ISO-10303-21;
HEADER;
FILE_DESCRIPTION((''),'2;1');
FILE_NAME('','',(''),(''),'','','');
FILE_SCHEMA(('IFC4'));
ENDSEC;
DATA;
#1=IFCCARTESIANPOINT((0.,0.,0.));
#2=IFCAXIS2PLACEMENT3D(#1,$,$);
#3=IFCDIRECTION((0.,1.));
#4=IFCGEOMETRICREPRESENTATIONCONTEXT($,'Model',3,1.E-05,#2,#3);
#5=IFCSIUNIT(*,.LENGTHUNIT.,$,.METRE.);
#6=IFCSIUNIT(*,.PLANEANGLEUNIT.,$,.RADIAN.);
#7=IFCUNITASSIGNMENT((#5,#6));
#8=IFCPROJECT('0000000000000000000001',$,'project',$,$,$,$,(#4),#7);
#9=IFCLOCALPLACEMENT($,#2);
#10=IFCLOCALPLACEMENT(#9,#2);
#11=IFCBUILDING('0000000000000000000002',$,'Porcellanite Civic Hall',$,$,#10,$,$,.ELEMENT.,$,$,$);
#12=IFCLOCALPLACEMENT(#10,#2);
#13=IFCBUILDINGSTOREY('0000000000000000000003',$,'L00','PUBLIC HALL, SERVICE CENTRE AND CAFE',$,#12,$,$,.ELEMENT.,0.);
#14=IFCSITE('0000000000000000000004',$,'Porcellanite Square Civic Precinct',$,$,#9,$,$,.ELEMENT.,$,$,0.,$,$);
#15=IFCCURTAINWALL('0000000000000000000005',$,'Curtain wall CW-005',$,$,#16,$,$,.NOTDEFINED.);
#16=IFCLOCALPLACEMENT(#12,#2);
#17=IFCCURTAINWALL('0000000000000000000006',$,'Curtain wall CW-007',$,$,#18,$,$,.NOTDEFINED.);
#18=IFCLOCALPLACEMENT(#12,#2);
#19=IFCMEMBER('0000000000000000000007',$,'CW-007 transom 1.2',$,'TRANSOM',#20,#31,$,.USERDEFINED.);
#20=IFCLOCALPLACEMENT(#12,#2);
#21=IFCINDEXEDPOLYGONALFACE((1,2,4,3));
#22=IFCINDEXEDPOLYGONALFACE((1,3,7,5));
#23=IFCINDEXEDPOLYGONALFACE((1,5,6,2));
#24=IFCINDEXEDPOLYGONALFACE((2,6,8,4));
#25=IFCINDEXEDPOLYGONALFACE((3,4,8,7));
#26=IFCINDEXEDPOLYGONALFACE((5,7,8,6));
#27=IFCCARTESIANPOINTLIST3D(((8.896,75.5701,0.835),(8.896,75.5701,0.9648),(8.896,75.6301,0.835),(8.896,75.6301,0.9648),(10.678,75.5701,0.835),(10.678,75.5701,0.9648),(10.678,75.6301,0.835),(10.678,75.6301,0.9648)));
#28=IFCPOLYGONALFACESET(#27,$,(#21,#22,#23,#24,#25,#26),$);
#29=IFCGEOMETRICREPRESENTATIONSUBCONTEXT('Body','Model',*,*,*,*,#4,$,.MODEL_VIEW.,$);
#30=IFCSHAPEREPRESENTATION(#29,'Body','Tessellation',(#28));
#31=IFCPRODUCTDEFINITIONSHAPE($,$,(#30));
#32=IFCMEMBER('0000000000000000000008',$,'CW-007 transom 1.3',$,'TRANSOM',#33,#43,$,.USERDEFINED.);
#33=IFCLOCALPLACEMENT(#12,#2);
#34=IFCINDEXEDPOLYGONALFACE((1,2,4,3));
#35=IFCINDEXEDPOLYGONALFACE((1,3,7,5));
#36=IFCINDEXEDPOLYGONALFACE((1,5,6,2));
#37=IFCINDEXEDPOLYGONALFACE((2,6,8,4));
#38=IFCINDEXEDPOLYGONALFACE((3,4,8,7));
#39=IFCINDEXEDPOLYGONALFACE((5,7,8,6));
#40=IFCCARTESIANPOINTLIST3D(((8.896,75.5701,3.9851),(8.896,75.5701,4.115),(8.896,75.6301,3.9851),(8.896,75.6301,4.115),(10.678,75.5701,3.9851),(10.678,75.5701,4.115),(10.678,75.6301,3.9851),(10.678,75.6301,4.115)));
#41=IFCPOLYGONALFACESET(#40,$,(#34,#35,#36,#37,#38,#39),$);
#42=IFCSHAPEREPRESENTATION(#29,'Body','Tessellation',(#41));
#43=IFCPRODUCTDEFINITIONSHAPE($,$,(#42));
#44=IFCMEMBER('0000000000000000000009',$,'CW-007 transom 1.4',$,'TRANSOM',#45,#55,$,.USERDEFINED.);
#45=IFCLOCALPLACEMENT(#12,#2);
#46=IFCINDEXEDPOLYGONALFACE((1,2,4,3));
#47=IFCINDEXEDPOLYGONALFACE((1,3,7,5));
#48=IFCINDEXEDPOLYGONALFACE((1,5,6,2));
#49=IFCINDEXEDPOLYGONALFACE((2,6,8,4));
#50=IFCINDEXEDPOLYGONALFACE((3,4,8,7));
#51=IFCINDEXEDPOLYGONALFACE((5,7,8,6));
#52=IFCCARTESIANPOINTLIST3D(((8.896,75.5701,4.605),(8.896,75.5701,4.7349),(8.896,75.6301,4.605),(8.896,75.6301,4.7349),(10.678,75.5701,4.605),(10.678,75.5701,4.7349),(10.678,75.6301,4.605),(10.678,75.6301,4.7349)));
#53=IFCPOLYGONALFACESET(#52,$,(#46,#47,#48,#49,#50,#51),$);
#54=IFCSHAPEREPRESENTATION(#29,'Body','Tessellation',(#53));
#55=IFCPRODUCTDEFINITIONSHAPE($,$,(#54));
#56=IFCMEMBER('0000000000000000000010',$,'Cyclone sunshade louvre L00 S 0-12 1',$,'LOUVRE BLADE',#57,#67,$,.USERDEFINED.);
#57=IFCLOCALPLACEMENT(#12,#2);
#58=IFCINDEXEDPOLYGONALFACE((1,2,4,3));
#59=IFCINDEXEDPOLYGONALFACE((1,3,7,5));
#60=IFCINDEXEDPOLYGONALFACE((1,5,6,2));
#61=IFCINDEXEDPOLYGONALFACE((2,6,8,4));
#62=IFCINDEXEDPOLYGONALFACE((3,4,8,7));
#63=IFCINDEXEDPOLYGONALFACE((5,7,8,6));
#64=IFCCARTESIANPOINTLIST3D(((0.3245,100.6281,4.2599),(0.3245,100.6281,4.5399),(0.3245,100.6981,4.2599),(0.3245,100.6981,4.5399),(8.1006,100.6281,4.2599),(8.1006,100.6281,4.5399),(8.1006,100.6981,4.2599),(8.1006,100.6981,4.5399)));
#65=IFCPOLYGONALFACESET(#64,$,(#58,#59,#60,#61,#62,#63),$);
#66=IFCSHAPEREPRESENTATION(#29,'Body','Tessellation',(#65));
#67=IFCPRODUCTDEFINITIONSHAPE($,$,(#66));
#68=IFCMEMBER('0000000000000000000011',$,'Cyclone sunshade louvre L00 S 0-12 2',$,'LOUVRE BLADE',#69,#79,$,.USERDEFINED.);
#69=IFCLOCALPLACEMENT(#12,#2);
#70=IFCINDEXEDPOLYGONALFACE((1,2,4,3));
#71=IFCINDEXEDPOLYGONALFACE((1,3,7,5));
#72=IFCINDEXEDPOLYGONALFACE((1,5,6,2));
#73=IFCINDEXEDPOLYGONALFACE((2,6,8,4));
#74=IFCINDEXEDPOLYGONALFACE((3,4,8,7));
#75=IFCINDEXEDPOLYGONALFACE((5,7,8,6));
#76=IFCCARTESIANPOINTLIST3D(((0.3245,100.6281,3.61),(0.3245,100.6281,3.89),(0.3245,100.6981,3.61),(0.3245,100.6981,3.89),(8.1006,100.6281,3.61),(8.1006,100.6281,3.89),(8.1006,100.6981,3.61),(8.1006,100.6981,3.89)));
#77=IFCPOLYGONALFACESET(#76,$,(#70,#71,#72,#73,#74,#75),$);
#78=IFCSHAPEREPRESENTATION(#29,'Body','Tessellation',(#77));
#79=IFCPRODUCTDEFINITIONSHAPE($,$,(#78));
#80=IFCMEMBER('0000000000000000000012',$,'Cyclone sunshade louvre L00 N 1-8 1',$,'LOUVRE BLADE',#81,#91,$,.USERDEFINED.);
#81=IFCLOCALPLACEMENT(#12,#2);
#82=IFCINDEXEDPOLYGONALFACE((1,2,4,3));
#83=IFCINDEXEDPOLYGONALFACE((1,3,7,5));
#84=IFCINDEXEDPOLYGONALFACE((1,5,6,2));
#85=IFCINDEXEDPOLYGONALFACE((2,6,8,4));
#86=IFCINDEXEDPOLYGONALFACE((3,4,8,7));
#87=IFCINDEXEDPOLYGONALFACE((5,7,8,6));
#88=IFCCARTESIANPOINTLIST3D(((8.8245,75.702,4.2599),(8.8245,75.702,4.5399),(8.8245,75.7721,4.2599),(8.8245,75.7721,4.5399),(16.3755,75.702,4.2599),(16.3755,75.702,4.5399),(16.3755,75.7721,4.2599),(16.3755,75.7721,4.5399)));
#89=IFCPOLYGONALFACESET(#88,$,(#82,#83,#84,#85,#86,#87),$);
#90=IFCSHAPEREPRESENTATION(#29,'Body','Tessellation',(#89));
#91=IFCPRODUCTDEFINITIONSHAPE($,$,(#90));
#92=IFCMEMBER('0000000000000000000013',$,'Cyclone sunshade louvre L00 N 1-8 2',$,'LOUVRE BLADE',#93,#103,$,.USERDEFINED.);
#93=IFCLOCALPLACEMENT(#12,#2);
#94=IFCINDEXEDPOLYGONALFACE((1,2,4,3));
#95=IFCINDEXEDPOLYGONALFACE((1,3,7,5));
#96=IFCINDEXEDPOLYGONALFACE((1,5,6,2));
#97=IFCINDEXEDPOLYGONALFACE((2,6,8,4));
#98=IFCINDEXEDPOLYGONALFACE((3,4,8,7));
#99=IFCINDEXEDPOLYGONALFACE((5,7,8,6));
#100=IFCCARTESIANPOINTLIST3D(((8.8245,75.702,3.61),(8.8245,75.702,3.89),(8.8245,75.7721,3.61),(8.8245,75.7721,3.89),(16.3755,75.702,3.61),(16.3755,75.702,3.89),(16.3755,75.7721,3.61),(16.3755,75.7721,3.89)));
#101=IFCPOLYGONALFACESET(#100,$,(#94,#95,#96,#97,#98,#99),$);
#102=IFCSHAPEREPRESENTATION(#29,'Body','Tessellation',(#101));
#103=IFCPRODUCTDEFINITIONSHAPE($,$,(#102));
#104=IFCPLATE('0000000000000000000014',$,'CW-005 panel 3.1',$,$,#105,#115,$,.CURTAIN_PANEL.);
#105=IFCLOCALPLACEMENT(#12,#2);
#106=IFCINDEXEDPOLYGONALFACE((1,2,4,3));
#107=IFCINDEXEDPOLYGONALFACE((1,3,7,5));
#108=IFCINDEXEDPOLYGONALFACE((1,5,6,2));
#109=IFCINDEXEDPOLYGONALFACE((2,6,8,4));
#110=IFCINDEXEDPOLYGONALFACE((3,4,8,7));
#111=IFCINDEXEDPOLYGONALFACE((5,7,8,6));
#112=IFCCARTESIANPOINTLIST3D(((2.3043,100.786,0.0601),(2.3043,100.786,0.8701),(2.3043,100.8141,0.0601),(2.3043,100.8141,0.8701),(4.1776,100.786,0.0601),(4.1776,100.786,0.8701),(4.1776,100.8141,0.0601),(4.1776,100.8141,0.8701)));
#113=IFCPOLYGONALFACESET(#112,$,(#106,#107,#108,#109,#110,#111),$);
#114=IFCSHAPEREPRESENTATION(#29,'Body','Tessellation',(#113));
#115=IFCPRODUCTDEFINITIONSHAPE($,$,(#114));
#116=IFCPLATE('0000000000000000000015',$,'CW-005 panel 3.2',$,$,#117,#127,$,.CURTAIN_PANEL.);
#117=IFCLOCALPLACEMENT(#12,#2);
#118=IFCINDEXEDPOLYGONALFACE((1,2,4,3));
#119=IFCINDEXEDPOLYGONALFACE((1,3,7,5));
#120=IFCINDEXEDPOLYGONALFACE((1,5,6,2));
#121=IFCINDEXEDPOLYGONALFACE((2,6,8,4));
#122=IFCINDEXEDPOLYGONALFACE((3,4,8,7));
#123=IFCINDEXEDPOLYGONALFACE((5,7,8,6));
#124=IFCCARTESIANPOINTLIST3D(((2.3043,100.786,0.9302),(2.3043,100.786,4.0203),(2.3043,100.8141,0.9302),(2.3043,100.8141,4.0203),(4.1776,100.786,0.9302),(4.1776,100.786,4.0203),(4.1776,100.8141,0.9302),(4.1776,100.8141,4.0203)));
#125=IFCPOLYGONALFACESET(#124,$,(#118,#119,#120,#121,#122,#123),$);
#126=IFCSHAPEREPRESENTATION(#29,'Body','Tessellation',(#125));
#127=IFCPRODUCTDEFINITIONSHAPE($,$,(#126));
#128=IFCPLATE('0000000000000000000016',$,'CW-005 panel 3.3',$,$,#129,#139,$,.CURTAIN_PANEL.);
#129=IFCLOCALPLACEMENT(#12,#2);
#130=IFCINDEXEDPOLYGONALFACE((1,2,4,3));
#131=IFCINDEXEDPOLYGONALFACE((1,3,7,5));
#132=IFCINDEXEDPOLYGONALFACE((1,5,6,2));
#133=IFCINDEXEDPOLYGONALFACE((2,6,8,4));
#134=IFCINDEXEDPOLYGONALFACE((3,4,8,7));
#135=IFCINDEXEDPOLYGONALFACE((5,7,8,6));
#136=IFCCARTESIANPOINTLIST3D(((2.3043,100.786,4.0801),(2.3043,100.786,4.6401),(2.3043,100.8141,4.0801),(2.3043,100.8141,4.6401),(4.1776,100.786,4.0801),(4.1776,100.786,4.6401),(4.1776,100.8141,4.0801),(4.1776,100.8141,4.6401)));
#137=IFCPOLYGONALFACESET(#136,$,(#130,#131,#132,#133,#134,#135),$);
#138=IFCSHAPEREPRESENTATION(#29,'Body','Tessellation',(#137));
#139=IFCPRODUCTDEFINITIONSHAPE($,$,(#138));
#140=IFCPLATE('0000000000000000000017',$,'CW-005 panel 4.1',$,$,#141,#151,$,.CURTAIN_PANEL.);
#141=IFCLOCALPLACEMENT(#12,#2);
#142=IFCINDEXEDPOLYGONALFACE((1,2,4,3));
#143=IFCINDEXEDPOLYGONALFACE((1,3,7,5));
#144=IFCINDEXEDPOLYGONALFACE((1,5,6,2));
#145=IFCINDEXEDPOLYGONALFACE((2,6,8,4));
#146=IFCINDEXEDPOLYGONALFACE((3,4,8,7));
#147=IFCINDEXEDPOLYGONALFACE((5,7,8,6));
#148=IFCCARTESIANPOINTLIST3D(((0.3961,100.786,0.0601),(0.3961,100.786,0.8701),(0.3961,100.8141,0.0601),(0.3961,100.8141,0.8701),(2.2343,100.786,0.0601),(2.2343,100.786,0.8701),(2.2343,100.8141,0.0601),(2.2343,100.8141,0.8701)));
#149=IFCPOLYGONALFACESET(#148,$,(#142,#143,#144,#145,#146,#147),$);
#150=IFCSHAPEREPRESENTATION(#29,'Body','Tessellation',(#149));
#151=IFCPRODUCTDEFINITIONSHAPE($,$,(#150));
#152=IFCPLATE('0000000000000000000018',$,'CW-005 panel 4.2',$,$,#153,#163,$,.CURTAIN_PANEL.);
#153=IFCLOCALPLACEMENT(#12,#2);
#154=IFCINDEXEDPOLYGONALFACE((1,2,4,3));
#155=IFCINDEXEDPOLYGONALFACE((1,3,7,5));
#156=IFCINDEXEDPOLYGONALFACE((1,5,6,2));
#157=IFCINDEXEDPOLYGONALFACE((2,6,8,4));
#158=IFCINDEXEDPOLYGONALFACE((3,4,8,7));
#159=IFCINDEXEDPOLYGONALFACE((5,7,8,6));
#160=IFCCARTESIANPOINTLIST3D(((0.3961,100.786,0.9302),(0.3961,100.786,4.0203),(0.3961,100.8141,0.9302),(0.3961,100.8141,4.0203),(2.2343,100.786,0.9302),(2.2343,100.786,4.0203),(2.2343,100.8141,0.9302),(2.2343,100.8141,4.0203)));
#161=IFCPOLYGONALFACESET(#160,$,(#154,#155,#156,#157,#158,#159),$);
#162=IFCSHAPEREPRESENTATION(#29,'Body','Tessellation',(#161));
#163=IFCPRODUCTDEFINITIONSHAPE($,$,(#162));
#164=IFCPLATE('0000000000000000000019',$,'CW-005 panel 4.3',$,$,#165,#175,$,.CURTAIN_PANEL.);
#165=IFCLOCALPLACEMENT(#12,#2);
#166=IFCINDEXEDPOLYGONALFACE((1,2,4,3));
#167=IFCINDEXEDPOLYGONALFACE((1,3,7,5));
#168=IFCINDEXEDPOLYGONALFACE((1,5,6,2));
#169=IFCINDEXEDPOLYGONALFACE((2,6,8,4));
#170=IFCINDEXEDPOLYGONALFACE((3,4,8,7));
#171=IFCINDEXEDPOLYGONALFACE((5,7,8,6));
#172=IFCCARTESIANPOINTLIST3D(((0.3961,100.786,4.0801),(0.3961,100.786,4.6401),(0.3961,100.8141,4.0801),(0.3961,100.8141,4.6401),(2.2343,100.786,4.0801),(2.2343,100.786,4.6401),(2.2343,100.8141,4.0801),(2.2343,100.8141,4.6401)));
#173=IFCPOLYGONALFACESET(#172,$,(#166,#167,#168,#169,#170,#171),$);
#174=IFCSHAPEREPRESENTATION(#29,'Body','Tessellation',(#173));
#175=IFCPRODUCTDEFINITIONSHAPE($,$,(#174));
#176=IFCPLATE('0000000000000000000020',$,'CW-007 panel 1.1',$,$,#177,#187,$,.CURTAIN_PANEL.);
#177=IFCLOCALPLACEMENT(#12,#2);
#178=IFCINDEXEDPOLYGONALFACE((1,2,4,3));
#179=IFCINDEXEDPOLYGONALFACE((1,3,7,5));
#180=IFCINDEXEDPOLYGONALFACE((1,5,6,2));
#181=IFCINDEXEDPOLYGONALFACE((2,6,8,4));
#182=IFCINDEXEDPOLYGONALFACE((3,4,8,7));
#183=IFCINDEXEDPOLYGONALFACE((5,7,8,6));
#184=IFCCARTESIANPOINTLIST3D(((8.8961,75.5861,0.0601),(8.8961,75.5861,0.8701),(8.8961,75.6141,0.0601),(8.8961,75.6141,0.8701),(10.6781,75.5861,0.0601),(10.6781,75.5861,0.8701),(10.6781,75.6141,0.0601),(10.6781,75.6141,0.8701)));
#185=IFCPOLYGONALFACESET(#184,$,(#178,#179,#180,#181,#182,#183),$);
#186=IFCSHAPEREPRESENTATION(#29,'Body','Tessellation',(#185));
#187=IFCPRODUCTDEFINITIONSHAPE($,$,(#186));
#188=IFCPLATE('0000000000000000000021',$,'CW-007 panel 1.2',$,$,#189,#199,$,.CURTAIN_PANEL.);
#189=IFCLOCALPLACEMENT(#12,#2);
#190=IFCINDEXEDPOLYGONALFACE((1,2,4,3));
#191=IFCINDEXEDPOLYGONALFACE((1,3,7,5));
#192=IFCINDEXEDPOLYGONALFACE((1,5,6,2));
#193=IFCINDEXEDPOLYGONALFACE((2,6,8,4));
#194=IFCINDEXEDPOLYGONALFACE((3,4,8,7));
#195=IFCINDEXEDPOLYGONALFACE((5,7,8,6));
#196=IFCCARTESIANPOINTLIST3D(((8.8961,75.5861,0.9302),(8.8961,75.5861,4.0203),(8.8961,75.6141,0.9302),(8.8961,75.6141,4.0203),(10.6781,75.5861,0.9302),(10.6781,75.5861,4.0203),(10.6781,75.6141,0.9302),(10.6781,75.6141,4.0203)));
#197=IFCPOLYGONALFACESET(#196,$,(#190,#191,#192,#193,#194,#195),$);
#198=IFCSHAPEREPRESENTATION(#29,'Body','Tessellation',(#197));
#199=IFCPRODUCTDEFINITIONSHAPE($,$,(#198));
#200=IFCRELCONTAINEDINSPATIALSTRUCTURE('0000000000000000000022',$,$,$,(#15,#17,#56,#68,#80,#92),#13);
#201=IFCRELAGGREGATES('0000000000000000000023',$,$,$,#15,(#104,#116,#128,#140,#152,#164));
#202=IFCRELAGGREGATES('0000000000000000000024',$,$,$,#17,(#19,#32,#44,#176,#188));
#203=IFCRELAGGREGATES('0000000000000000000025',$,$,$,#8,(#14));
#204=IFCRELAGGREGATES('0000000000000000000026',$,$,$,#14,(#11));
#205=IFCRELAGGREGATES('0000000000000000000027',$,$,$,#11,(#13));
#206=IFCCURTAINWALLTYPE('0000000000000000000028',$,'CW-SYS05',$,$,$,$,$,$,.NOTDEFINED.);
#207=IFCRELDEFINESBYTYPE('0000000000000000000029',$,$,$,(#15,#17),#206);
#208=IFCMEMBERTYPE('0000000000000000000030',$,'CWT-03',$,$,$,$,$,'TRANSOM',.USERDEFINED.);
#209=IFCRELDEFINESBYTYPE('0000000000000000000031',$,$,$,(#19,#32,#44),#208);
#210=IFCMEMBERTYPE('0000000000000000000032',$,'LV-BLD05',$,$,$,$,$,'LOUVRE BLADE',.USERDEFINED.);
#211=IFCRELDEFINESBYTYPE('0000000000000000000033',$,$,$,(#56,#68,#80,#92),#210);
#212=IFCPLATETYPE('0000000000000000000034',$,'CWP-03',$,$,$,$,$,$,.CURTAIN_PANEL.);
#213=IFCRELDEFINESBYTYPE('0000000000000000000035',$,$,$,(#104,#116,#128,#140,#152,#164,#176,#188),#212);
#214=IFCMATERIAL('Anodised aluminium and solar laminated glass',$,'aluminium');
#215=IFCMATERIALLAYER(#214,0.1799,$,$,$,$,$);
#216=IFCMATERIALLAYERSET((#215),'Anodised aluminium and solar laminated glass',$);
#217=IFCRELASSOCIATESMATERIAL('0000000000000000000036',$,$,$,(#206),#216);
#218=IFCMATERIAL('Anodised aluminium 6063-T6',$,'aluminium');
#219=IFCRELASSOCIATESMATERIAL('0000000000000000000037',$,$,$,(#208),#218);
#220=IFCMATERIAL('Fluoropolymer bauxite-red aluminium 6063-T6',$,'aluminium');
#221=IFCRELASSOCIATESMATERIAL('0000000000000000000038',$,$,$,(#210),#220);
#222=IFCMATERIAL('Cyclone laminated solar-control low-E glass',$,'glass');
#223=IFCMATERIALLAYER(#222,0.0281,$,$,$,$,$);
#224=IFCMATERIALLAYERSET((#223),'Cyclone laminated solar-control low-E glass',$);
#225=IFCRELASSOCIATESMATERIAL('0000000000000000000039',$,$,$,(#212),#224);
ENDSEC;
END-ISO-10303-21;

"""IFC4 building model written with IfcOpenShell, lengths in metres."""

from ifc_helpers import new_model, si_unit, direction, frame, origin, origin_2d, place, context, subcontext, project, spatial, rectangle, extrude, material, layer, layer_set, material_profile, profile_set, type_object, element, aggregate, save


model = new_model("IFC4")

# Units and contexts
model_context = context("Model", 3, precision=1e-05, world=origin(), true_north=direction((0.0, 1.0)))
body_context = subcontext(model_context, "Body", "Model", "MODEL_VIEW")
ifc_project = project(units=[si_unit("LENGTHUNIT", "METRE"), si_unit("PLANEANGLEUNIT", "RADIAN")], contexts=[model_context])

# Site, building, storey
site_placement = place(None, origin())
site = spatial("IfcSite", under=ifc_project, at=site_placement, Name="Porcellanite Square Civic Precinct", CompositionType="ELEMENT", RefElevation=0.0)
building_placement = place(site_placement, origin())
building = spatial("IfcBuilding", under=site, at=building_placement, Name="Porcellanite Civic Hall", CompositionType="ELEMENT")
storey_placement = place(building_placement, origin())
storey = spatial("IfcBuildingStorey", under=building, at=storey_placement, Name="L00", Description="PUBLIC HALL, SERVICE CENTRE AND CAFE", CompositionType="ELEMENT", Elevation=0.0)

# Curtain wall
ifc_material_1 = material(Name="Anodised aluminium and solar laminated glass", Category="aluminium")
ifc_layer_1 = layer(ifc_material_1, 0.1799)
ifc_layer_set_1 = layer_set([ifc_layer_1], Name="Anodised aluminium and solar laminated glass")
curtain_wall_type = type_object("IfcCurtainWallType", Name="CW-SYS05", PredefinedType="NOTDEFINED", material=ifc_layer_set_1)
curtain_wall_1_placement = place(storey_placement, origin())
curtain_wall_1 = element("IfcCurtainWall", 1, at=curtain_wall_1_placement, inside=storey, type_object=curtain_wall_type, Name="Curtain wall CW-005", PredefinedType="NOTDEFINED")

# Curtain wall
curtain_wall_2_placement = place(storey_placement, origin())
curtain_wall_2 = element("IfcCurtainWall", 2, at=curtain_wall_2_placement, inside=storey, type_object=curtain_wall_type, Name="Curtain wall CW-007", PredefinedType="NOTDEFINED")

# Members
ifc_material_2 = material(Name="Anodised aluminium 6063-T6", Category="aluminium")
ifc_material_profile_1 = material_profile(ifc_material_2, rectangle(XDim=0.0601, YDim=0.1299, at=origin_2d()), Name="AL-60x130")
ifc_profile_set_1 = profile_set([ifc_material_profile_1], Name="Anodised aluminium 6063-T6")
member_type_1 = type_object("IfcMemberType", Name="CWT-03", ElementType="TRANSOM", PredefinedType="USERDEFINED", material=ifc_profile_set_1)
member_1_placement = place(storey_placement, frame((8.896, 75.6001, 0.8999), z_axis=(1.0, 0.0, 0.0), x_axis=(0.0, 1.0, 0.0)))
member_1 = element("IfcMember", 3, at=member_1_placement, type_object=member_type_1, Name="CW-007 transom 1.2", ObjectType="TRANSOM", PredefinedType="USERDEFINED", context=body_context, shape_type="SweptSolid", body=[
    extrude(rectangle(XDim=0.0601, YDim=0.1299, at=origin_2d()), origin(), (0.0, 0.0, 1.0), 1.782),
])
member_2_placement = place(storey_placement, frame((8.896, 75.6001, 4.05), z_axis=(1.0, 0.0, 0.0), x_axis=(0.0, 1.0, 0.0)))
member_2 = element("IfcMember", 4, at=member_2_placement, type_object=member_type_1, Name="CW-007 transom 1.3", ObjectType="TRANSOM", PredefinedType="USERDEFINED", context=body_context, shape_type="SweptSolid", body=[
    extrude(rectangle(XDim=0.0601, YDim=0.1299, at=origin_2d()), origin(), (0.0, 0.0, 1.0), 1.782),
])
member_3_placement = place(storey_placement, frame((8.896, 75.6001, 4.6699), z_axis=(1.0, 0.0, 0.0), x_axis=(0.0, 1.0, 0.0)))
member_3 = element("IfcMember", 5, at=member_3_placement, type_object=member_type_1, Name="CW-007 transom 1.4", ObjectType="TRANSOM", PredefinedType="USERDEFINED", context=body_context, shape_type="SweptSolid", body=[
    extrude(rectangle(XDim=0.0601, YDim=0.1299, at=origin_2d()), origin(), (0.0, 0.0, 1.0), 1.782),
])

# Members
ifc_material_3 = material(Name="Fluoropolymer bauxite-red aluminium 6063-T6", Category="aluminium")
ifc_material_profile_2 = material_profile(ifc_material_3, rectangle(XDim=0.0701, YDim=0.28, at=origin_2d()), Name="AL-70x280")
ifc_profile_set_2 = profile_set([ifc_material_profile_2], Name="Fluoropolymer bauxite-red aluminium 6063-T6")
member_type_2 = type_object("IfcMemberType", Name="LV-BLD05", ElementType="LOUVRE BLADE", PredefinedType="USERDEFINED", material=ifc_profile_set_2)
for number, where, z_axis, x_axis, name in (
    (6, (8.1006, 100.6631, 4.3999), (-1.0, 0.0, 0.0), (0.0, -1.0, 0.0), "Cyclone sunshade louvre L00 S 0-12 1"),
    (7, (8.1006, 100.6631, 3.75), (-1.0, 0.0, 0.0), (0.0, -1.0, 0.0), "Cyclone sunshade louvre L00 S 0-12 2"),
):
    element("IfcMember", number, at=place(storey_placement, frame(where, z_axis=z_axis, x_axis=x_axis)), inside=storey, type_object=member_type_2, Name=name, ObjectType="LOUVRE BLADE", PredefinedType="USERDEFINED", context=body_context, shape_type="SweptSolid", body=[
        extrude(rectangle(XDim=0.0701, YDim=0.28, at=origin_2d()), origin(), (0.0, 0.0, 1.0), 7.7761),
    ])
for number, where, z_axis, x_axis, name in (
    (8, (8.8245, 75.7371, 4.3999), (1.0, 0.0, 0.0), (0.0, 1.0, 0.0), "Cyclone sunshade louvre L00 N 1-8 1"),
    (9, (8.8245, 75.7371, 3.75), (1.0, 0.0, 0.0), (0.0, 1.0, 0.0), "Cyclone sunshade louvre L00 N 1-8 2"),
):
    element("IfcMember", number, at=place(storey_placement, frame(where, z_axis=z_axis, x_axis=x_axis)), inside=storey, type_object=member_type_2, Name=name, ObjectType="LOUVRE BLADE", PredefinedType="USERDEFINED", context=body_context, shape_type="SweptSolid", body=[
        extrude(rectangle(XDim=0.0701, YDim=0.28, at=origin_2d()), origin(), (0.0, 0.0, 1.0), 7.551),
    ])

# Plates
ifc_material_4 = material(Name="Cyclone laminated solar-control low-E glass", Category="glass")
ifc_layer_2 = layer(ifc_material_4, 0.0281)
ifc_layer_set_2 = layer_set([ifc_layer_2], Name="Cyclone laminated solar-control low-E glass")
plate_type = type_object("IfcPlateType", Name="CWP-03", PredefinedType="CURTAIN_PANEL", material=ifc_layer_set_2)
plate_1_placement = place(storey_placement, frame((3.241, 100.8, 0.0601), z_axis=(0.0, 0.0, 1.0), x_axis=(-1.0, 0.0, 0.0)))
plate_1 = element("IfcPlate", 10, at=plate_1_placement, type_object=plate_type, Name="CW-005 panel 3.1", PredefinedType="CURTAIN_PANEL", context=body_context, shape_type="SweptSolid", body=[
    extrude(rectangle(XDim=1.8733, YDim=0.0281, at=origin_2d()), origin(), (0.0, 0.0, 1.0), 0.8101),
])
plate_2_placement = place(storey_placement, frame((3.241, 100.8, 0.9302), z_axis=(0.0, 0.0, 1.0), x_axis=(-1.0, 0.0, 0.0)))
plate_2 = element("IfcPlate", 11, at=plate_2_placement, type_object=plate_type, Name="CW-005 panel 3.2", PredefinedType="CURTAIN_PANEL", context=body_context, shape_type="SweptSolid", body=[
    extrude(rectangle(XDim=1.8733, YDim=0.0281, at=origin_2d()), origin(), (0.0, 0.0, 1.0), 3.0901),
])
plate_3_placement = place(storey_placement, frame((3.241, 100.8, 4.0801), z_axis=(0.0, 0.0, 1.0), x_axis=(-1.0, 0.0, 0.0)))
plate_3 = element("IfcPlate", 12, at=plate_3_placement, type_object=plate_type, Name="CW-005 panel 3.3", PredefinedType="CURTAIN_PANEL", context=body_context, shape_type="SweptSolid", body=[
    extrude(rectangle(XDim=1.8733, YDim=0.0281, at=origin_2d()), origin(), (0.0, 0.0, 1.0), 0.5601),
])
plate_4_placement = place(storey_placement, frame((1.3152, 100.8, 0.0601), z_axis=(0.0, 0.0, 1.0), x_axis=(-1.0, 0.0, 0.0)))
plate_4 = element("IfcPlate", 13, at=plate_4_placement, type_object=plate_type, Name="CW-005 panel 4.1", PredefinedType="CURTAIN_PANEL", context=body_context, shape_type="SweptSolid", body=[
    extrude(rectangle(XDim=1.8381, YDim=0.0281, at=origin_2d()), origin(), (0.0, 0.0, 1.0), 0.8101),
])
plate_5_placement = place(storey_placement, frame((1.3152, 100.8, 0.9302), z_axis=(0.0, 0.0, 1.0), x_axis=(-1.0, 0.0, 0.0)))
plate_5 = element("IfcPlate", 14, at=plate_5_placement, type_object=plate_type, Name="CW-005 panel 4.2", PredefinedType="CURTAIN_PANEL", context=body_context, shape_type="SweptSolid", body=[
    extrude(rectangle(XDim=1.8381, YDim=0.0281, at=origin_2d()), origin(), (0.0, 0.0, 1.0), 3.0901),
])
plate_6_placement = place(storey_placement, frame((1.3152, 100.8, 4.0801), z_axis=(0.0, 0.0, 1.0), x_axis=(-1.0, 0.0, 0.0)))
plate_6 = element("IfcPlate", 15, at=plate_6_placement, type_object=plate_type, Name="CW-005 panel 4.3", PredefinedType="CURTAIN_PANEL", context=body_context, shape_type="SweptSolid", body=[
    extrude(rectangle(XDim=1.8381, YDim=0.0281, at=origin_2d()), origin(), (0.0, 0.0, 1.0), 0.5601),
])
aggregate(curtain_wall_1, [plate_1, plate_2, plate_3, plate_4, plate_5, plate_6])
plate_7_placement = place(storey_placement, frame((9.7871, 75.6001, 0.0601), z_axis=(0.0, 0.0, 1.0), x_axis=(1.0, 0.0, 0.0)))
plate_7 = element("IfcPlate", 16, at=plate_7_placement, type_object=plate_type, Name="CW-007 panel 1.1", PredefinedType="CURTAIN_PANEL", context=body_context, shape_type="SweptSolid", body=[
    extrude(rectangle(XDim=1.782, YDim=0.0281, at=origin_2d()), origin(), (0.0, 0.0, 1.0), 0.8101),
])
plate_8_placement = place(storey_placement, frame((9.7871, 75.6001, 0.9302), z_axis=(0.0, 0.0, 1.0), x_axis=(1.0, 0.0, 0.0)))
plate_8 = element("IfcPlate", 17, at=plate_8_placement, type_object=plate_type, Name="CW-007 panel 1.2", PredefinedType="CURTAIN_PANEL", context=body_context, shape_type="SweptSolid", body=[
    extrude(rectangle(XDim=1.782, YDim=0.0281, at=origin_2d()), origin(), (0.0, 0.0, 1.0), 3.0901),
])
aggregate(curtain_wall_2, [member_1, member_2, member_3, plate_7, plate_8])

save(model, "model.ifc")
